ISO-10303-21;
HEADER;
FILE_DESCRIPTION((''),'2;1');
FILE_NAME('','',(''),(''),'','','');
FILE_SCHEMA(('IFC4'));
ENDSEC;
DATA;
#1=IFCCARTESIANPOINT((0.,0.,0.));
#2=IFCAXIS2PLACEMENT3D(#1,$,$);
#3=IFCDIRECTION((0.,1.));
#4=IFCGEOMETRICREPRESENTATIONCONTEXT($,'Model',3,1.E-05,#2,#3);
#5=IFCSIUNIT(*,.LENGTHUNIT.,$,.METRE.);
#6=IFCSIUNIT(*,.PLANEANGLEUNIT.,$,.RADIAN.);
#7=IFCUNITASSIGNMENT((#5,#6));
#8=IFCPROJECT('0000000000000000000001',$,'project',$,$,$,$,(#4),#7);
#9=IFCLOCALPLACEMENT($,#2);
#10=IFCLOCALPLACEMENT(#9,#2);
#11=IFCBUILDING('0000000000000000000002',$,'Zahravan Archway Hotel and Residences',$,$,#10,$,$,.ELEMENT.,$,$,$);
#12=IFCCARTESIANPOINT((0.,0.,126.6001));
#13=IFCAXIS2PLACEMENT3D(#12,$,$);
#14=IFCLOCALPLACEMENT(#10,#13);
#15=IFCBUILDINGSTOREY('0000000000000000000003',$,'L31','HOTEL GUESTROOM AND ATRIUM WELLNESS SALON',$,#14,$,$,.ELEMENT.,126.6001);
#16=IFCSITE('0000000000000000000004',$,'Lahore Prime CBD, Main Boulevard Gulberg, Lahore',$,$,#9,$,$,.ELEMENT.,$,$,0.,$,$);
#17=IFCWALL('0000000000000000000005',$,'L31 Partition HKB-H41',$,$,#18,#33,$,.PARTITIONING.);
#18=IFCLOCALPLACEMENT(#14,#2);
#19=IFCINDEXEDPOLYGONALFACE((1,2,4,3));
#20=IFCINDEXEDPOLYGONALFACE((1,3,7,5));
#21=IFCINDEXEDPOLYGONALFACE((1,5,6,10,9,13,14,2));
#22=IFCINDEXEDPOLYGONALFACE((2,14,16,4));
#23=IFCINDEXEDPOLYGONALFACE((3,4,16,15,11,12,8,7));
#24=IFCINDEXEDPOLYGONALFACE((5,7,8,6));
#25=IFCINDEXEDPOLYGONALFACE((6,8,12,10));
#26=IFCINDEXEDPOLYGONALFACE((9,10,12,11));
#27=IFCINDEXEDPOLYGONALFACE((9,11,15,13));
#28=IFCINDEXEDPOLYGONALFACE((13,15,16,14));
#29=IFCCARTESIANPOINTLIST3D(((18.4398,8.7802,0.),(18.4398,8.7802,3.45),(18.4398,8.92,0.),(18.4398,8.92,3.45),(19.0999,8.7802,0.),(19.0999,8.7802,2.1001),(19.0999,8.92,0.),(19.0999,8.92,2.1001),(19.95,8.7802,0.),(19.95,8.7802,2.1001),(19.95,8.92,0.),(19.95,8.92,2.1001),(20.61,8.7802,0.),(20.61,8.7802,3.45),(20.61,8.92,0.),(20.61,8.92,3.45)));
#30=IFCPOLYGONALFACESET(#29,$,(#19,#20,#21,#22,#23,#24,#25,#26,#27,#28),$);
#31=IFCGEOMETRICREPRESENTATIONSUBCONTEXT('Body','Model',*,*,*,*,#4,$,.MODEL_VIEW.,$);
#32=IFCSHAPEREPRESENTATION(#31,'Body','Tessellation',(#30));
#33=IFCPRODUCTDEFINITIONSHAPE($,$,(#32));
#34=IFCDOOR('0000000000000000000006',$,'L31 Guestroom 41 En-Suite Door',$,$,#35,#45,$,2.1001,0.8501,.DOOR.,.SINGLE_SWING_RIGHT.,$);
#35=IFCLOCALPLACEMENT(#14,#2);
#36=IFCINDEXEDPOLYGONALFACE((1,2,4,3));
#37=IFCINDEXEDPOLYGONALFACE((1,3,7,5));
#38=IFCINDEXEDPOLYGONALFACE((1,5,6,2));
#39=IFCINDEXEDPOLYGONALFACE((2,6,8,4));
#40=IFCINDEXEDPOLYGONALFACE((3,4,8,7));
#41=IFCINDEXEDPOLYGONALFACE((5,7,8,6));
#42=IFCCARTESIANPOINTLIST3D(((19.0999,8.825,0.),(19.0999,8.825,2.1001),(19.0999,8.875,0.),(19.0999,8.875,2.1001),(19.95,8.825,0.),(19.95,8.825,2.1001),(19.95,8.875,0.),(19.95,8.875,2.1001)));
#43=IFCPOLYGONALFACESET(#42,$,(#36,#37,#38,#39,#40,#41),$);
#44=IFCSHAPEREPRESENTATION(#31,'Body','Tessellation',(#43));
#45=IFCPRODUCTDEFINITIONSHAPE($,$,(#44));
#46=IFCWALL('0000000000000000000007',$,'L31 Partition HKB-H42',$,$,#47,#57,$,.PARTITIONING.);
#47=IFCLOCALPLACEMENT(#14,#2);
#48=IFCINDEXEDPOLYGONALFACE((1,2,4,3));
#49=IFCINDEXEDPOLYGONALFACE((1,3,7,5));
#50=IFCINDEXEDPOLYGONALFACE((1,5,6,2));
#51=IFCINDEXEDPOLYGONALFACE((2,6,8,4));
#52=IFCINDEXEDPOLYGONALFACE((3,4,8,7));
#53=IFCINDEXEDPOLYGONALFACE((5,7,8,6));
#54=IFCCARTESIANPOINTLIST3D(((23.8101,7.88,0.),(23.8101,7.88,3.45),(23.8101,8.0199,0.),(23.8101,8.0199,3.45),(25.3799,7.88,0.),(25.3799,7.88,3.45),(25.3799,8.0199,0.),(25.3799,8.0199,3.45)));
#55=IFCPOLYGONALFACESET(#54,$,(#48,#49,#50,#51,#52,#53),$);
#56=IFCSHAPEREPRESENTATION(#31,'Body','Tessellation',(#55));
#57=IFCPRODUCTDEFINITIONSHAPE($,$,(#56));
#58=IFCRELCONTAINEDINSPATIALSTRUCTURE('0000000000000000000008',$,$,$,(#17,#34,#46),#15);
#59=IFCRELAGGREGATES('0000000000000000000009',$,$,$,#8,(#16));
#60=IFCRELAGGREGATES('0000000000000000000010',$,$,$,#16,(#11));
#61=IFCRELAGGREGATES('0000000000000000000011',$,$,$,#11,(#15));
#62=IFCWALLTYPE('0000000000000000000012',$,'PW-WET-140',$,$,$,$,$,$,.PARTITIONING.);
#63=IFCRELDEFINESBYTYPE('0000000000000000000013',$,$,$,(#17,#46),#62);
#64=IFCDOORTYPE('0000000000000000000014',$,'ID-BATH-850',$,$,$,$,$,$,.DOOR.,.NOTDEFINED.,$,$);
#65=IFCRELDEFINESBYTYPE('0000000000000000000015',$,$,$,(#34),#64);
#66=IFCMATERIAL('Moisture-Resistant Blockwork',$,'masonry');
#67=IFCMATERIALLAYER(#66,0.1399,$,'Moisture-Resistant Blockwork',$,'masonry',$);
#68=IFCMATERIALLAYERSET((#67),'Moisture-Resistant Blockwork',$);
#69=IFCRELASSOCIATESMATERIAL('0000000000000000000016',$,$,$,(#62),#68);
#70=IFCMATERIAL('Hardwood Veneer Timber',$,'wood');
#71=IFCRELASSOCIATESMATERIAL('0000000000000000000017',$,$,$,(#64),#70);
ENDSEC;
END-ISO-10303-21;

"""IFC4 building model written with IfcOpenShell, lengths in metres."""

from ifc_helpers import new_model, si_unit, direction, frame, frame_2d, origin, place, context, subcontext, project, spatial, rectangle, extrude, source, transform, mapped, material, layer, layer_set, type_object, type_shapes, element, fill, save


model = new_model("IFC4")

# Units and contexts
model_context = context("Model", 3, precision=1e-05, world=origin(), true_north=direction((0.0, 1.0)))
body_context = subcontext(model_context, "Body", "Model", "MODEL_VIEW")
ifc_project = project(units=[si_unit("LENGTHUNIT", "METRE"), si_unit("PLANEANGLEUNIT", "RADIAN")], contexts=[model_context])

# Site, building, storey
site_placement = place(None, origin())
site = spatial("IfcSite", under=ifc_project, at=site_placement, Name="Lahore Prime CBD, Main Boulevard Gulberg, Lahore", CompositionType="ELEMENT", RefElevation=0.0)
building_placement = place(site_placement, origin())
building = spatial("IfcBuilding", under=site, at=building_placement, Name="Zahravan Archway Hotel and Residences", CompositionType="ELEMENT")
storey_placement = place(building_placement, frame((0.0, 0.0, 126.6001)))
storey = spatial("IfcBuildingStorey", under=building, at=storey_placement, Name="L31", Description="HOTEL GUESTROOM AND ATRIUM WELLNESS SALON", CompositionType="ELEMENT", Elevation=126.6001)

# Shared definitions
ifc_material_1 = material(Name="Hardwood Veneer Timber", Category="wood")

# Shared definitions
ifc_material_2 = material(Name="Moisture-Resistant Blockwork", Category="masonry")
ifc_layer_1 = layer(ifc_material_2, 0.1399, Name="Moisture-Resistant Blockwork", Category="masonry")
ifc_layer_set_1 = layer_set([ifc_layer_1], Name="Moisture-Resistant Blockwork")
wall_type_1 = type_object("IfcWallType", Name="PW-WET-140", PredefinedType="PARTITIONING", material=ifc_layer_set_1)
door_type_1 = type_object("IfcDoorType", Name="ID-BATH-850", OperationType="NOTDEFINED", PredefinedType="DOOR", material=ifc_material_1)
shared_shape_1 = source(origin(), body_context, "Body", "SweptSolid", [
    extrude(rectangle(XDim=0.8501, YDim=2.1001, at=frame_2d((0.425, 1.05))), frame((0.0, 0.0249, 0.0), z_axis=(0.0, -1.0, 0.0), x_axis=(1.0, 0.0, 0.0)), (0.0, 0.0, 1.0), 0.05),
])
type_shapes(door_type_1, [shared_shape_1])

# Wall, opening, door
wall_1_placement = place(storey_placement, frame((18.4399, 8.8501, 0.0), z_axis=(0.0, 0.0, 1.0), x_axis=(1.0, 0.0, 0.0)))
wall_1 = element("IfcWall", 1, at=wall_1_placement, inside=storey, type_object=wall_type_1, Name="L31 Partition HKB-H41", PredefinedType="PARTITIONING", context=body_context, shape_type="SweptSolid", body=[
    extrude(rectangle(XDim=2.1702, YDim=0.1399, at=frame_2d((1.085, 0.0))), origin(), (0.0, 0.0, 1.0), 3.45),
])
opening_1_placement = place(wall_1_placement, frame((0.6599, 0.0, 0.0)))
opening_1 = element("IfcOpeningElement", 2, at=opening_1_placement, cuts=wall_1, PredefinedType="OPENING", context=body_context, shape_type="SweptSolid", body=[
    extrude(rectangle(XDim=0.8501, YDim=2.1001, at=frame_2d((0.425, 1.05))), frame((0.0, 0.0801, 0.0), z_axis=(0.0, -1.0, 0.0), x_axis=(1.0, 0.0, 0.0)), (0.0, 0.0, 1.0), 0.1599),
])
door_1_placement = place(opening_1_placement, origin())
door_1 = element("IfcDoor", 3, at=door_1_placement, inside=storey, type_object=door_type_1, Name="L31 Guestroom 41 En-Suite Door", OperationType="SINGLE_SWING_RIGHT", OverallHeight=2.1001, OverallWidth=0.8501, PredefinedType="DOOR", context=body_context, shape_type="MappedRepresentation", body=[
    mapped(shared_shape_1, transform((0.0, 0.0, 0.0), scale=1.0)),
])
fill(opening_1, door_1)

# Wall
wall_2_placement = place(storey_placement, frame((23.8101, 7.95, 0.0), z_axis=(0.0, 0.0, 1.0), x_axis=(1.0, 0.0, 0.0)))
element("IfcWall", 4, at=wall_2_placement, inside=storey, type_object=wall_type_1, Name="L31 Partition HKB-H42", PredefinedType="PARTITIONING", context=body_context, shape_type="SweptSolid", body=[
    extrude(rectangle(XDim=1.5698, YDim=0.1399, at=frame_2d((0.7849, 0.0))), origin(), (0.0, 0.0, 1.0), 3.45),
])

save(model, "model.ifc")
